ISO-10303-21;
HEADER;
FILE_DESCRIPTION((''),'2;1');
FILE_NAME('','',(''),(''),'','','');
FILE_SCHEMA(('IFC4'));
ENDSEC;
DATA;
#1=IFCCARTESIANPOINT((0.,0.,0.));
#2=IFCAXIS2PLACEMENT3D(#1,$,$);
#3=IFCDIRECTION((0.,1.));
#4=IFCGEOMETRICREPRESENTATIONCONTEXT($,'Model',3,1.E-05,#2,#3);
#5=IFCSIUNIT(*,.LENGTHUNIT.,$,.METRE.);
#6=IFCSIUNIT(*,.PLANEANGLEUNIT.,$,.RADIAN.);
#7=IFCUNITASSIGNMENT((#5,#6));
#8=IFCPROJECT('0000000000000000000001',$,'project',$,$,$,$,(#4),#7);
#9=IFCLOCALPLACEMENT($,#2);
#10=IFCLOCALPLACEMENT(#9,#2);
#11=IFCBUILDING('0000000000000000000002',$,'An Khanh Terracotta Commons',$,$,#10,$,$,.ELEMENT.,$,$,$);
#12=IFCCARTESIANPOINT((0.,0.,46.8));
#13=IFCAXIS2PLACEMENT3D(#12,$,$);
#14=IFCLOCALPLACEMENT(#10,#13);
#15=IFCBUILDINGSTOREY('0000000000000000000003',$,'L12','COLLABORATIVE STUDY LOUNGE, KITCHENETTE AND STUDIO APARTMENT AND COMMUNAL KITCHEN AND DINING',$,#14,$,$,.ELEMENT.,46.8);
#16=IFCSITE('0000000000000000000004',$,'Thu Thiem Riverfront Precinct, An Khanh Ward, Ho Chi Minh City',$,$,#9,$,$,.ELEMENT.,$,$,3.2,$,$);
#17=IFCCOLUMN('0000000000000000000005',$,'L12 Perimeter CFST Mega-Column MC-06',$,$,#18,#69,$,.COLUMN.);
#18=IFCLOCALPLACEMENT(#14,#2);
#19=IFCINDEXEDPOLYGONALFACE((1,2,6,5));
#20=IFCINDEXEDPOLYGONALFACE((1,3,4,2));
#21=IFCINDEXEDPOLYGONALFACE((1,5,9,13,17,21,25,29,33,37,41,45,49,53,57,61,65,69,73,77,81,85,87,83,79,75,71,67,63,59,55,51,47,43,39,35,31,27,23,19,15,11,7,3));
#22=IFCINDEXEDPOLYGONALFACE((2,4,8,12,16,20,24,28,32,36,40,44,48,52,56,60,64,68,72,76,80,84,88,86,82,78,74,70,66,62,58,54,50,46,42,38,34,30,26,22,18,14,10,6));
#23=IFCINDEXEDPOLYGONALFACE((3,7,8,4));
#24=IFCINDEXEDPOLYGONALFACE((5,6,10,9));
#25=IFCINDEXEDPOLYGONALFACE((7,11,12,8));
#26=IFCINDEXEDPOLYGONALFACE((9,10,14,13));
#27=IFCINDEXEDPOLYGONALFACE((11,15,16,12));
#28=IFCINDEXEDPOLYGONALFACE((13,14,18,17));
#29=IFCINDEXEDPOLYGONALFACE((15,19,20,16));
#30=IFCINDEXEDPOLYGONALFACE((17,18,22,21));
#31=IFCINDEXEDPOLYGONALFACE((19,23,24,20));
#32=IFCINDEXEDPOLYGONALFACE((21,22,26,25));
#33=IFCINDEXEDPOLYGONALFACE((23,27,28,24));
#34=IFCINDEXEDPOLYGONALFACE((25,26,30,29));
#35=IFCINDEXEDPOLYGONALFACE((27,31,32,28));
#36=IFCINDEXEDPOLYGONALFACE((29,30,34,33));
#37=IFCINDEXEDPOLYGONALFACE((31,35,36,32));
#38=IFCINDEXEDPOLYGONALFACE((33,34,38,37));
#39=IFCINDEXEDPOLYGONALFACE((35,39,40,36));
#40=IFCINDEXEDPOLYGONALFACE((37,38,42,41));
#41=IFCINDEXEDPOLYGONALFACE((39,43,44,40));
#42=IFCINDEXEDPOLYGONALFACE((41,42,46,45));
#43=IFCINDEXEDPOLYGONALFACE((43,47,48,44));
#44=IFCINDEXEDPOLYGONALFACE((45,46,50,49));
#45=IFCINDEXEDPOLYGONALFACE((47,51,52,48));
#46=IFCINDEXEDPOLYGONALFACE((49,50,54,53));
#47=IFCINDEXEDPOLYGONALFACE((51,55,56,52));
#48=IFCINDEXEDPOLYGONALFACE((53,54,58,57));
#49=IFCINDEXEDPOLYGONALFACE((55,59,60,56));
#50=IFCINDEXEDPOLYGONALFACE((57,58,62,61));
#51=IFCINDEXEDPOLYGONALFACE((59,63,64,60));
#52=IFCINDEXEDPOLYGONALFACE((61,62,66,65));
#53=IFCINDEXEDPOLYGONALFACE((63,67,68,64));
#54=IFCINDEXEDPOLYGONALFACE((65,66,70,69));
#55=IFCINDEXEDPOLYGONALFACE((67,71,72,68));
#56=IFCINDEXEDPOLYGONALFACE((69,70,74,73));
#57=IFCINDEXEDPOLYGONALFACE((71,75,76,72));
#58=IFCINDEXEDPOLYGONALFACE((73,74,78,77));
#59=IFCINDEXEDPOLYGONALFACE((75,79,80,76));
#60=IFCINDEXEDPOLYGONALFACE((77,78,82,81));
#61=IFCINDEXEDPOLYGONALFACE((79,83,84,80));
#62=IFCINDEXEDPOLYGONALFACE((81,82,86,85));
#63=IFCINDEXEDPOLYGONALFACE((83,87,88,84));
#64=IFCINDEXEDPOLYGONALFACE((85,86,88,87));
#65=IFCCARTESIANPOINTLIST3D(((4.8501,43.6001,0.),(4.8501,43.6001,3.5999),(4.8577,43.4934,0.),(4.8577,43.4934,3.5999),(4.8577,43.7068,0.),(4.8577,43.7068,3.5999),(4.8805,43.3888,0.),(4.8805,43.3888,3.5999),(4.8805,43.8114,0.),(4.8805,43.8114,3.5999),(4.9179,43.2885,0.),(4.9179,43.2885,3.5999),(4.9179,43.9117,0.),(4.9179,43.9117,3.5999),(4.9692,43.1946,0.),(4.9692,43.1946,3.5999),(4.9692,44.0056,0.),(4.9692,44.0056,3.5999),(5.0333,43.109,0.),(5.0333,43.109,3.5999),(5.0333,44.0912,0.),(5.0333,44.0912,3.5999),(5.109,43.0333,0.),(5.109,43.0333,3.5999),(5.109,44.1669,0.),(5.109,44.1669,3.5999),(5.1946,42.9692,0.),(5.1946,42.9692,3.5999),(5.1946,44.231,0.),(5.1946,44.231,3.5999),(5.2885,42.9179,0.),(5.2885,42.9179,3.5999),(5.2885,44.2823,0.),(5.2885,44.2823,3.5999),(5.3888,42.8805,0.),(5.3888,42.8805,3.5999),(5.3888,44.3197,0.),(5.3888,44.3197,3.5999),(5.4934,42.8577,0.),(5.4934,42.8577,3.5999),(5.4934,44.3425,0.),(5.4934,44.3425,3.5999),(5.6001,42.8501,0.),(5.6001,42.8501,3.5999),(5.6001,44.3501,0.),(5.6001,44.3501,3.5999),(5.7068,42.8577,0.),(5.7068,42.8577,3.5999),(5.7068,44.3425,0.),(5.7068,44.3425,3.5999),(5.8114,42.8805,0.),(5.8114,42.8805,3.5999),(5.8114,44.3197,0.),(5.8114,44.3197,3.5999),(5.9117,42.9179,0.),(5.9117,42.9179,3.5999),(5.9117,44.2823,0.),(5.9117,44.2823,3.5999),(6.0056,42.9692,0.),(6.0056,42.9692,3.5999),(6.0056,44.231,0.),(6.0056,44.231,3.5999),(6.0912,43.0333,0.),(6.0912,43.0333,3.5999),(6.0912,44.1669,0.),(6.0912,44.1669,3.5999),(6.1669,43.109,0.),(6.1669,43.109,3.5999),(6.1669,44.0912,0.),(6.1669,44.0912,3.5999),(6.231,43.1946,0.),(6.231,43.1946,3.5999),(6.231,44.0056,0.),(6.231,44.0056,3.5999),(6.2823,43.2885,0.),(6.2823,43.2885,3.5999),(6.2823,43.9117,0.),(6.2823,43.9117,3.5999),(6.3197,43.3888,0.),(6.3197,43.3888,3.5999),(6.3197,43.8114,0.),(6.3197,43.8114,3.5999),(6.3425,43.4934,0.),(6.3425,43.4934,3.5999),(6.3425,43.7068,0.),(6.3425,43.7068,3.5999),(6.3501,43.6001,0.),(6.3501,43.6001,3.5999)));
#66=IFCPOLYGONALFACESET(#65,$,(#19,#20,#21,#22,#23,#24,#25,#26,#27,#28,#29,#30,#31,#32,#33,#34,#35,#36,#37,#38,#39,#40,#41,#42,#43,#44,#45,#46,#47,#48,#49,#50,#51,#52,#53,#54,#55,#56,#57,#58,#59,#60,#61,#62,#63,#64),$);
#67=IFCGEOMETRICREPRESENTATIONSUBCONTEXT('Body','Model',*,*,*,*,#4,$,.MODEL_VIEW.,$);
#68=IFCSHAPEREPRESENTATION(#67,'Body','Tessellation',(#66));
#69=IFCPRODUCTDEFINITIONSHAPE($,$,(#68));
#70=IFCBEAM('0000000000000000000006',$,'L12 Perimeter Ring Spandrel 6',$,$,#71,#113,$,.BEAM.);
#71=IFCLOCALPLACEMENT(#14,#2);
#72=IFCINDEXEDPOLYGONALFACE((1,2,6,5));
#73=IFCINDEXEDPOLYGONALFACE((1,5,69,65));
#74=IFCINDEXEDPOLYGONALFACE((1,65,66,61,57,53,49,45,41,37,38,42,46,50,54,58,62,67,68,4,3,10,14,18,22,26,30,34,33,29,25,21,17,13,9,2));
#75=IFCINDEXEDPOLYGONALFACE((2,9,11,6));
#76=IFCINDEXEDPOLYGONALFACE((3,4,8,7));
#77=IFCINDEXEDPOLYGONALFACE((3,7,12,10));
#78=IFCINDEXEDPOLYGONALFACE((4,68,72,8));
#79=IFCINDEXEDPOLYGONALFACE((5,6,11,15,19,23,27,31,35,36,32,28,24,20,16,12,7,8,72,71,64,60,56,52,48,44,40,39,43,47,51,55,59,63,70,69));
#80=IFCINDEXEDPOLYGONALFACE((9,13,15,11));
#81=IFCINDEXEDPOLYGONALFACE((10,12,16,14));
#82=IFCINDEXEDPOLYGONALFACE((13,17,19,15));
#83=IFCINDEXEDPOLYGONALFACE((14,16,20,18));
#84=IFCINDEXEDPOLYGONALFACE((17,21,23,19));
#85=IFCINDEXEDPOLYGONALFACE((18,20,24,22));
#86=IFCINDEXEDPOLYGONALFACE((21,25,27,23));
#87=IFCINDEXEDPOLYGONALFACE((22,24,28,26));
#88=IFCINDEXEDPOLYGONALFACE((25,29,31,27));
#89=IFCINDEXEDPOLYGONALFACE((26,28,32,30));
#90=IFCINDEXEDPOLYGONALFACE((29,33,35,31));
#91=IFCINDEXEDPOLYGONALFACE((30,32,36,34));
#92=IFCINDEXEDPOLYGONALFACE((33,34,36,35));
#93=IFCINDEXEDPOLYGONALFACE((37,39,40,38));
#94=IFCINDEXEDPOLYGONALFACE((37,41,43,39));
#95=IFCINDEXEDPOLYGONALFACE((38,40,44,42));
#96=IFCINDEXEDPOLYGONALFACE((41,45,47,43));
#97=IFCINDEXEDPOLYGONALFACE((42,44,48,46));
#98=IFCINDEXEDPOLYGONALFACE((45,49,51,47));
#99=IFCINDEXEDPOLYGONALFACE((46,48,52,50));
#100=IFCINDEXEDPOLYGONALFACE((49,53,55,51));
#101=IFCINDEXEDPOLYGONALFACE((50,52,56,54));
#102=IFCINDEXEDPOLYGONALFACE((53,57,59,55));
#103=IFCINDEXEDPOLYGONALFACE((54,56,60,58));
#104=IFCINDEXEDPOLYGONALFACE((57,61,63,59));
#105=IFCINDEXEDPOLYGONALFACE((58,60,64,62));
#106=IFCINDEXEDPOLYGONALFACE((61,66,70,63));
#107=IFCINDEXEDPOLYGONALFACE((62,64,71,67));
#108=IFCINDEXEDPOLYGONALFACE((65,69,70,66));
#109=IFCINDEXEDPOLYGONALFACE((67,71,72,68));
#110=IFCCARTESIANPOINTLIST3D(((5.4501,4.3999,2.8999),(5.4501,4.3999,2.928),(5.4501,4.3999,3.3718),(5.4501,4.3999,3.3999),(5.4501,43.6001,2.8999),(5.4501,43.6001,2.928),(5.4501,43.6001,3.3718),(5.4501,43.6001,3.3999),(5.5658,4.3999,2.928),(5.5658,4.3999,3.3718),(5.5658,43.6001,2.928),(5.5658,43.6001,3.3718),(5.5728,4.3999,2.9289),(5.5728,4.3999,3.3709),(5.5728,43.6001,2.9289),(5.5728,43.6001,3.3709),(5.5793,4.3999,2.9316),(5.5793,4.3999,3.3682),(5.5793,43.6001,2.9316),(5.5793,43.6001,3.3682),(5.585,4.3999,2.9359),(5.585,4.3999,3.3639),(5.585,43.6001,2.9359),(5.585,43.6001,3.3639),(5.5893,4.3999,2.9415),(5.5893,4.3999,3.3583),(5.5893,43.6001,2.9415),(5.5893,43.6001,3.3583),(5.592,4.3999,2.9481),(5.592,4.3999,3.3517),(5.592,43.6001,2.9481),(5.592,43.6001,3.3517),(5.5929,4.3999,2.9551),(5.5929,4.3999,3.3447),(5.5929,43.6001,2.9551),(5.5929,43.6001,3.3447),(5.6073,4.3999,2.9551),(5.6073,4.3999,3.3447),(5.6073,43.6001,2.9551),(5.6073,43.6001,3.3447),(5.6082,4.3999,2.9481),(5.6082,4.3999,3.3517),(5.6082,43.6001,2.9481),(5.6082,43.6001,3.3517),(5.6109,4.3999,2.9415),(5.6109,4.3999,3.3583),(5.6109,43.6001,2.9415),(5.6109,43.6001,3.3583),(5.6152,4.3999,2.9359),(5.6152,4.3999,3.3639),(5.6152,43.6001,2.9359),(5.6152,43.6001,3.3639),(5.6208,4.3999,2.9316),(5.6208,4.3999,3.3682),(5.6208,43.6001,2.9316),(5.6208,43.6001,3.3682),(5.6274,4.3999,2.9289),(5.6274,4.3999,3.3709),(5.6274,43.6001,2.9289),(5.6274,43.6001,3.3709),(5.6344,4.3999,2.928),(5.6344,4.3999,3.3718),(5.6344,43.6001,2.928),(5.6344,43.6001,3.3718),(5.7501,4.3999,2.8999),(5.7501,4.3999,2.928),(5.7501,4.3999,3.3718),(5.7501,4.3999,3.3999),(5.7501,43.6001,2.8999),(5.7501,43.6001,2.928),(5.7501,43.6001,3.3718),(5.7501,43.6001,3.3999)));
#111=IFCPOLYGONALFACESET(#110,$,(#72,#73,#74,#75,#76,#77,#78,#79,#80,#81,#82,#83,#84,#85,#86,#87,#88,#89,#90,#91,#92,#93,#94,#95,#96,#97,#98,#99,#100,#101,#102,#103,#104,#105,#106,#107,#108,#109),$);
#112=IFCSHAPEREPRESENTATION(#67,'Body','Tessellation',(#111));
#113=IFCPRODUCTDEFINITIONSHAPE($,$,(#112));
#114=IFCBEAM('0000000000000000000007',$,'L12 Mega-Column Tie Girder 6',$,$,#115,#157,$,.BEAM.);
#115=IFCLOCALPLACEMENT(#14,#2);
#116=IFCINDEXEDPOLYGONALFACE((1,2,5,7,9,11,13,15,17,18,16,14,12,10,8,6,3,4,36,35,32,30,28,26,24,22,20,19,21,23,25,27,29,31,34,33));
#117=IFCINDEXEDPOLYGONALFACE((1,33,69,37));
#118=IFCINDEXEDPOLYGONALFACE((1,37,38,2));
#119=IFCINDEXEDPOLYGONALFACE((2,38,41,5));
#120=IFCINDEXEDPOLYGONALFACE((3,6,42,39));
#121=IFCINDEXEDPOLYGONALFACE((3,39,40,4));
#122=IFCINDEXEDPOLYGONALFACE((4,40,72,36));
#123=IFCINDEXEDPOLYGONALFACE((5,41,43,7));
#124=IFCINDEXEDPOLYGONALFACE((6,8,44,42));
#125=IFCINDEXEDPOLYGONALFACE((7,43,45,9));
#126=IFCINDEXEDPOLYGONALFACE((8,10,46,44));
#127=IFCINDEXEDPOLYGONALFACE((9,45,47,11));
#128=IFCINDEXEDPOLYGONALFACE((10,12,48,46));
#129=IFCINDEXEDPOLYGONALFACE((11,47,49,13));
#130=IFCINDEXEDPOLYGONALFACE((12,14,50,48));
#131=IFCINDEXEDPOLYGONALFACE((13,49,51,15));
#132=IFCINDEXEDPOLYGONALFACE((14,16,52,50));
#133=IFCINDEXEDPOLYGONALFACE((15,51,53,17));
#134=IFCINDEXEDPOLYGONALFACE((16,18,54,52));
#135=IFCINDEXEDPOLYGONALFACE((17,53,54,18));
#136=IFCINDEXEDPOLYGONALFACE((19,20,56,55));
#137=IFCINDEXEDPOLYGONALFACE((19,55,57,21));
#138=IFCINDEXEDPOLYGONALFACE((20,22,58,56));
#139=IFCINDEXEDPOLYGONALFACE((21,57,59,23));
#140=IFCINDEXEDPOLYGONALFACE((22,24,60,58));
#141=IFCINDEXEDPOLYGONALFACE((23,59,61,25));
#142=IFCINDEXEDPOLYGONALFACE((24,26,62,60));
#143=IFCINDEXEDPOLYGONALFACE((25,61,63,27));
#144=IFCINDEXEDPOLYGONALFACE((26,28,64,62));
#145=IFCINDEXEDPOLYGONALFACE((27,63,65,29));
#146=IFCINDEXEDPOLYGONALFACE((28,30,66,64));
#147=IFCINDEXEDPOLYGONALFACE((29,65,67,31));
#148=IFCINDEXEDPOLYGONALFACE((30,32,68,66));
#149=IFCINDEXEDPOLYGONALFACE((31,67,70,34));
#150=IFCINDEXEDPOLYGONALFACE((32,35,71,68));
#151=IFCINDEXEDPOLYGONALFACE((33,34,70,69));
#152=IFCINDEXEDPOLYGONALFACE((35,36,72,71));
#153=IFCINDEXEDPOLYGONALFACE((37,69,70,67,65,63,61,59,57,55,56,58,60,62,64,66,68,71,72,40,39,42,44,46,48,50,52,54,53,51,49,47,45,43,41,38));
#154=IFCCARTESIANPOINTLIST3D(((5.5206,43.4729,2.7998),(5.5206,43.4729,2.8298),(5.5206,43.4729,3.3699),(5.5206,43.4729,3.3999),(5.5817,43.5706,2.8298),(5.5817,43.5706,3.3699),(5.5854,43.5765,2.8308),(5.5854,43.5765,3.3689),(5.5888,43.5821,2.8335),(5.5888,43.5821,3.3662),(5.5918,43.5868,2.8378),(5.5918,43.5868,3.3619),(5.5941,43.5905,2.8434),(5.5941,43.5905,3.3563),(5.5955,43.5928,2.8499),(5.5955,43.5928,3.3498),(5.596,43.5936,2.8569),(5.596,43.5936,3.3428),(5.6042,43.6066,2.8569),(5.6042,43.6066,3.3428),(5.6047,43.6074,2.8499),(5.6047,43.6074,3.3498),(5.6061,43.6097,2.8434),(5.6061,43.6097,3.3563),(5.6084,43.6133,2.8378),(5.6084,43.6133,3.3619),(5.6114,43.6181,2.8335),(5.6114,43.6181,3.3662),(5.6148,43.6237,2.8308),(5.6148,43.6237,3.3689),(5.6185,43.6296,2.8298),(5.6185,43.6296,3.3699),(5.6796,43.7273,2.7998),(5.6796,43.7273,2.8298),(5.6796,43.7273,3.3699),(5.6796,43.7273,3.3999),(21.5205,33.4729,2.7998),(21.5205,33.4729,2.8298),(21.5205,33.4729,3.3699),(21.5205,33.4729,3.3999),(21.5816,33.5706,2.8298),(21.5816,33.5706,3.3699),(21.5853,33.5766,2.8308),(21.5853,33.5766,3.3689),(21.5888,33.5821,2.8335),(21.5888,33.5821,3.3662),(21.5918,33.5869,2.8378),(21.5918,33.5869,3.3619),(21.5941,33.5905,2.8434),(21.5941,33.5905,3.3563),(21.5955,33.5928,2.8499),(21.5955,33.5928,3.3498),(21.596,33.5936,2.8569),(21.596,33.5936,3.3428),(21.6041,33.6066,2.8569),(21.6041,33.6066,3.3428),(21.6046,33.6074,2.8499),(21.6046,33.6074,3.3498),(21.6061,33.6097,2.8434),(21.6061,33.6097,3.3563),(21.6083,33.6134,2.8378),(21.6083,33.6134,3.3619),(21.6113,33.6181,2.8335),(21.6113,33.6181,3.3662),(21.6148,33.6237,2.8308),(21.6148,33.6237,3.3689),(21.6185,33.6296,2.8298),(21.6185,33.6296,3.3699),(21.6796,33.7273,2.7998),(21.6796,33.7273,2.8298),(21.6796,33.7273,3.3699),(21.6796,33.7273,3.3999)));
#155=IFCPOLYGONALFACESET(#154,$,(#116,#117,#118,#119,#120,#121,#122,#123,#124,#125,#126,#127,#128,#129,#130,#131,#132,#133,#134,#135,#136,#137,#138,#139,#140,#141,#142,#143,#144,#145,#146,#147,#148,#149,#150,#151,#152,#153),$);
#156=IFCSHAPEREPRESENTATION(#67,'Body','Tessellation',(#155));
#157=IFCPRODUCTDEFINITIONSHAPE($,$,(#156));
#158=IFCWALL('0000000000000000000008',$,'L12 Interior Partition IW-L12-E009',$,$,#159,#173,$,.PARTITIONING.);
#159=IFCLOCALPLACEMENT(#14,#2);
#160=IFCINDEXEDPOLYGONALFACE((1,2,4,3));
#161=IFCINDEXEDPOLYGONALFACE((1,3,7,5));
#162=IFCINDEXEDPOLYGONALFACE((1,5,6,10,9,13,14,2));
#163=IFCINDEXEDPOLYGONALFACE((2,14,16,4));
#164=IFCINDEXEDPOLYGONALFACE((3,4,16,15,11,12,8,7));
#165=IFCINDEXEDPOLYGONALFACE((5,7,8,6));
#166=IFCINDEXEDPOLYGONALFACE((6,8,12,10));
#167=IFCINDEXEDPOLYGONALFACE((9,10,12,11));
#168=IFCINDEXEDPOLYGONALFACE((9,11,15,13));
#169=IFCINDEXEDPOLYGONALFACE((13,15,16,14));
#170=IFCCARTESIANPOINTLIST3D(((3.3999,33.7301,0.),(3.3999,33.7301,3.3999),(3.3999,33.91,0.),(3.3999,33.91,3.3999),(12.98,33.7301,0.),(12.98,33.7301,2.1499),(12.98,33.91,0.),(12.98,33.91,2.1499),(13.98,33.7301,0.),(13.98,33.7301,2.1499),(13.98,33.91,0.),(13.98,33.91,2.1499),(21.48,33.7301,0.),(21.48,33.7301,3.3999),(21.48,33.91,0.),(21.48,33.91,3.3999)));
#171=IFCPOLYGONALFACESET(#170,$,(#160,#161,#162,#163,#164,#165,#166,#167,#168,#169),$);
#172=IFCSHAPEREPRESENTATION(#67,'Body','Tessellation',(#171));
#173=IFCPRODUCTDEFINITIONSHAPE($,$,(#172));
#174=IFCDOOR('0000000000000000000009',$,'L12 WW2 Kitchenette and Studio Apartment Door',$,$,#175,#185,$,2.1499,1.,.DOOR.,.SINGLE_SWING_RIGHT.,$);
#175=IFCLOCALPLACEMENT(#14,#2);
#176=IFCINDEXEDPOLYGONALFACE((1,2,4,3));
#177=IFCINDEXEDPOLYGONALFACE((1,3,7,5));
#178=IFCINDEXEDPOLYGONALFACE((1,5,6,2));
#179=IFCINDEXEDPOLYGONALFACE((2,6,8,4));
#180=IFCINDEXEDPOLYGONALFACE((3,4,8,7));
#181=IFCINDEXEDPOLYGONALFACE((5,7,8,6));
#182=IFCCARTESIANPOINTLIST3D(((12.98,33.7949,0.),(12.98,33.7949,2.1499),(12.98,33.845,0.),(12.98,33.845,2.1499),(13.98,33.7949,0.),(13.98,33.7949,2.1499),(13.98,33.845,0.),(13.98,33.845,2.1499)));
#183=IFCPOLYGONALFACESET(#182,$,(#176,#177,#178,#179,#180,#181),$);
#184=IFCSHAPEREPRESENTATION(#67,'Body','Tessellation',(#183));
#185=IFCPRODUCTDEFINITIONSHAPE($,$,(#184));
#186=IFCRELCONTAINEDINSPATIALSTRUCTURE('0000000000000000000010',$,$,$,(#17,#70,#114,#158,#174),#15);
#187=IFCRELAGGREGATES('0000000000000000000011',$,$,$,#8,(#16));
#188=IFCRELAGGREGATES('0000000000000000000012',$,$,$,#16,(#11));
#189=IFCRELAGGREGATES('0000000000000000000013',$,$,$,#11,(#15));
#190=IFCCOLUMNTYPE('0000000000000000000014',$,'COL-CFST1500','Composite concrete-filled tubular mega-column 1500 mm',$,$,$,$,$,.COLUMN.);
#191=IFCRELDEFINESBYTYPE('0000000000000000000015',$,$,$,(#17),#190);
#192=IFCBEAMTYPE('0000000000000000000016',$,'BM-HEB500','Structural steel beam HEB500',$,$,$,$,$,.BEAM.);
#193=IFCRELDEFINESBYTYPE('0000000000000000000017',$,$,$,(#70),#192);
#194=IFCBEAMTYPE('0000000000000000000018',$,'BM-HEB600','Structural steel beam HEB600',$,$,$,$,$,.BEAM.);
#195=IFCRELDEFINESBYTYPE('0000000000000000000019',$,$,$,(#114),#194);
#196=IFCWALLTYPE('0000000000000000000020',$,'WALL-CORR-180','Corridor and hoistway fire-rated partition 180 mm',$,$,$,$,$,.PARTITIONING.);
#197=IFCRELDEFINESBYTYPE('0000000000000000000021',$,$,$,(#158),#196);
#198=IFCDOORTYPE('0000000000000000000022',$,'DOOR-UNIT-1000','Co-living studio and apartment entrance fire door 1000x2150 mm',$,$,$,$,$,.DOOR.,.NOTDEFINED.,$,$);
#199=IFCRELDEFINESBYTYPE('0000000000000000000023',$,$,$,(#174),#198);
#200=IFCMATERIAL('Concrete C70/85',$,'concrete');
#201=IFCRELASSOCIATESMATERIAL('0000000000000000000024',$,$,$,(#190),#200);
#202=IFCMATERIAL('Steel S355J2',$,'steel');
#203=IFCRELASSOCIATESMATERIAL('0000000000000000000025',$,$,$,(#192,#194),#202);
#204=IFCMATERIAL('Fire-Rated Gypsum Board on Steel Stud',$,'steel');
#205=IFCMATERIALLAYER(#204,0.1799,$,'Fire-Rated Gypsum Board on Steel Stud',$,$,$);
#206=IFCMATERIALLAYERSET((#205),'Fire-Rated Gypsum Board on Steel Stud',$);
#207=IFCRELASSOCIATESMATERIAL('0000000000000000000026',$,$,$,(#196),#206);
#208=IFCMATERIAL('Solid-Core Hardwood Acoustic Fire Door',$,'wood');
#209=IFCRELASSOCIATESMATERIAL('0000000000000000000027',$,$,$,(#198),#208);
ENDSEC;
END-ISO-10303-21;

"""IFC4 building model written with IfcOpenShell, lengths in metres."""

from ifc_helpers import new_model, si_unit, direction, frame, frame_2d, origin, origin_2d, place, context, subcontext, project, spatial, rectangle, circle, i_section, extrude, material, layer, layer_set, material_profile, profile_set, type_object, element, fill, save


model = new_model("IFC4")

# Units and contexts
model_context = context("Model", 3, precision=1e-05, world=origin(), true_north=direction((0.0, 1.0)))
body_context = subcontext(model_context, "Body", "Model", "MODEL_VIEW")
ifc_project = project(units=[si_unit("LENGTHUNIT", "METRE"), si_unit("PLANEANGLEUNIT", "RADIAN")], contexts=[model_context])

# Site, building, storey
site_placement = place(None, origin())
site = spatial("IfcSite", under=ifc_project, at=site_placement, Name="Thu Thiem Riverfront Precinct, An Khanh Ward, Ho Chi Minh City", CompositionType="ELEMENT", RefElevation=3.2)
building_placement = place(site_placement, origin())
building = spatial("IfcBuilding", under=site, at=building_placement, Name="An Khanh Terracotta Commons", CompositionType="ELEMENT")
storey_placement = place(building_placement, frame((0.0, 0.0, 46.8)))
storey = spatial("IfcBuildingStorey", under=building, at=storey_placement, Name="L12", Description="COLLABORATIVE STUDY LOUNGE, KITCHENETTE AND STUDIO APARTMENT AND COMMUNAL KITCHEN AND DINING", CompositionType="ELEMENT", Elevation=46.8)

# Column
ifc_material_1 = material(Name="Concrete C70/85", Category="concrete")
ifc_material_profile_1 = material_profile(ifc_material_1, circle(Radius=0.75, at=origin_2d()), Name="CFST1500")
ifc_profile_set_1 = profile_set([ifc_material_profile_1], Name="Concrete C70/85")
column_type = type_object("IfcColumnType", Name="COL-CFST1500", Description="Composite concrete-filled tubular mega-column 1500 mm", PredefinedType="COLUMN", material=ifc_profile_set_1)
column_placement = place(storey_placement, frame((5.6001, 43.6001, 0.0), z_axis=(0.0, 0.0, 1.0), x_axis=(1.0, 0.0, 0.0)))
element("IfcColumn", 1, at=column_placement, inside=storey, type_object=column_type, Name="L12 Perimeter CFST Mega-Column MC-06", PredefinedType="COLUMN", context=body_context, shape_type="SweptSolid", body=[
    extrude(circle(Radius=0.75, at=origin_2d()), origin(), (0.0, 0.0, 1.0), 3.5999),
])

# Beams
ifc_material_2 = material(Name="Steel S355J2", Category="steel")
ifc_material_profile_2 = material_profile(ifc_material_2, i_section(OverallWidth=0.3, OverallDepth=0.5, WebThickness=0.0144, FlangeThickness=0.0281, FilletRadius=0.0271, at=origin_2d()), Name="HEB500")
ifc_profile_set_2 = profile_set([ifc_material_profile_2], Name="Steel S355J2")
beam_type_1 = type_object("IfcBeamType", Name="BM-HEB500", Description="Structural steel beam HEB500", PredefinedType="BEAM", material=ifc_profile_set_2)
beam_1_placement = place(storey_placement, frame((5.6001, 43.6001, 3.1499), z_axis=(0.0, -1.0, 0.0), x_axis=(1.0, 0.0, 0.0)))
element("IfcBeam", 2, at=beam_1_placement, inside=storey, type_object=beam_type_1, Name="L12 Perimeter Ring Spandrel 6", PredefinedType="BEAM", context=body_context, shape_type="SweptSolid", body=[
    extrude(i_section(OverallWidth=0.3, OverallDepth=0.5, WebThickness=0.0144, FlangeThickness=0.0281, FilletRadius=0.0271, at=origin_2d()), origin(), (0.0, 0.0, 1.0), 39.2002),
])
ifc_material_profile_3 = material_profile(ifc_material_2, i_section(OverallWidth=0.3, OverallDepth=0.6001, WebThickness=0.0154, FlangeThickness=0.03, FilletRadius=0.0271, at=origin_2d()), Name="HEB600")
ifc_profile_set_3 = profile_set([ifc_material_profile_3], Name="Steel S355J2")
beam_type_2 = type_object("IfcBeamType", Name="BM-HEB600", Description="Structural steel beam HEB600", PredefinedType="BEAM", material=ifc_profile_set_3)
beam_2_placement = place(storey_placement, frame((5.6001, 43.6001, 3.0999), z_axis=(0.847998, -0.529999, 0.0), x_axis=(0.529999, 0.847998, 0.0)))
element("IfcBeam", 3, at=beam_2_placement, inside=storey, type_object=beam_type_2, Name="L12 Mega-Column Tie Girder 6", PredefinedType="BEAM", context=body_context, shape_type="SweptSolid", body=[
    extrude(i_section(OverallWidth=0.3, OverallDepth=0.6001, WebThickness=0.0154, FlangeThickness=0.03, FilletRadius=0.0271, at=origin_2d()), origin(), (0.0, 0.0, 1.0), 18.8679),
])

# Wall, opening, door
ifc_material_3 = material(Name="Fire-Rated Gypsum Board on Steel Stud", Category="steel")
ifc_layer_1 = layer(ifc_material_3, 0.1799, Name="Fire-Rated Gypsum Board on Steel Stud")
ifc_layer_set_1 = layer_set([ifc_layer_1], Name="Fire-Rated Gypsum Board on Steel Stud")
wall_type_1 = type_object("IfcWallType", Name="WALL-CORR-180", Description="Corridor and hoistway fire-rated partition 180 mm", PredefinedType="PARTITIONING", material=ifc_layer_set_1)
wall_1_placement = place(storey_placement, frame((3.3999, 33.8201, 0.0), z_axis=(0.0, 0.0, 1.0), x_axis=(1.0, 0.0, 0.0)))
wall_1 = element("IfcWall", 4, at=wall_1_placement, inside=storey, type_object=wall_type_1, Name="L12 Interior Partition IW-L12-E009", PredefinedType="PARTITIONING", context=body_context, shape_type="SweptSolid", body=[
    extrude(rectangle(XDim=18.0801, YDim=0.1799, at=frame_2d((9.04, 0.0))), origin(), (0.0, 0.0, 1.0), 3.3999),
])
opening_1_placement = place(wall_1_placement, frame((9.5801, 0.0, 0.0)))
opening_1 = element("IfcOpeningElement", 5, at=opening_1_placement, cuts=wall_1, PredefinedType="OPENING", context=body_context, shape_type="SweptSolid", body=[
    extrude(rectangle(XDim=1.0, YDim=2.1499, at=frame_2d((0.5, 1.075))), frame((0.0, 0.0999, 0.0), z_axis=(0.0, -1.0, 0.0), x_axis=(1.0, 0.0, 0.0)), (0.0, 0.0, 1.0), 0.2),
])
ifc_material_4 = material(Name="Solid-Core Hardwood Acoustic Fire Door", Category="wood")
door_type_1 = type_object("IfcDoorType", Name="DOOR-UNIT-1000", Description="Co-living studio and apartment entrance fire door 1000x2150 mm", OperationType="NOTDEFINED", PredefinedType="DOOR", material=ifc_material_4)
door_1_placement = place(opening_1_placement, origin())
door_1 = element("IfcDoor", 6, at=door_1_placement, inside=storey, type_object=door_type_1, Name="L12 WW2 Kitchenette and Studio Apartment Door", OperationType="SINGLE_SWING_RIGHT", OverallHeight=2.1499, OverallWidth=1.0, PredefinedType="DOOR", context=body_context, shape_type="SweptSolid", body=[
    extrude(rectangle(XDim=1.0, YDim=2.1499, at=frame_2d((0.5, 1.075))), frame((0.0, 0.0249, 0.0), z_axis=(0.0, -1.0, 0.0), x_axis=(1.0, 0.0, 0.0)), (0.0, 0.0, 1.0), 0.05),
])
fill(opening_1, door_1)

save(model, "model.ifc")
